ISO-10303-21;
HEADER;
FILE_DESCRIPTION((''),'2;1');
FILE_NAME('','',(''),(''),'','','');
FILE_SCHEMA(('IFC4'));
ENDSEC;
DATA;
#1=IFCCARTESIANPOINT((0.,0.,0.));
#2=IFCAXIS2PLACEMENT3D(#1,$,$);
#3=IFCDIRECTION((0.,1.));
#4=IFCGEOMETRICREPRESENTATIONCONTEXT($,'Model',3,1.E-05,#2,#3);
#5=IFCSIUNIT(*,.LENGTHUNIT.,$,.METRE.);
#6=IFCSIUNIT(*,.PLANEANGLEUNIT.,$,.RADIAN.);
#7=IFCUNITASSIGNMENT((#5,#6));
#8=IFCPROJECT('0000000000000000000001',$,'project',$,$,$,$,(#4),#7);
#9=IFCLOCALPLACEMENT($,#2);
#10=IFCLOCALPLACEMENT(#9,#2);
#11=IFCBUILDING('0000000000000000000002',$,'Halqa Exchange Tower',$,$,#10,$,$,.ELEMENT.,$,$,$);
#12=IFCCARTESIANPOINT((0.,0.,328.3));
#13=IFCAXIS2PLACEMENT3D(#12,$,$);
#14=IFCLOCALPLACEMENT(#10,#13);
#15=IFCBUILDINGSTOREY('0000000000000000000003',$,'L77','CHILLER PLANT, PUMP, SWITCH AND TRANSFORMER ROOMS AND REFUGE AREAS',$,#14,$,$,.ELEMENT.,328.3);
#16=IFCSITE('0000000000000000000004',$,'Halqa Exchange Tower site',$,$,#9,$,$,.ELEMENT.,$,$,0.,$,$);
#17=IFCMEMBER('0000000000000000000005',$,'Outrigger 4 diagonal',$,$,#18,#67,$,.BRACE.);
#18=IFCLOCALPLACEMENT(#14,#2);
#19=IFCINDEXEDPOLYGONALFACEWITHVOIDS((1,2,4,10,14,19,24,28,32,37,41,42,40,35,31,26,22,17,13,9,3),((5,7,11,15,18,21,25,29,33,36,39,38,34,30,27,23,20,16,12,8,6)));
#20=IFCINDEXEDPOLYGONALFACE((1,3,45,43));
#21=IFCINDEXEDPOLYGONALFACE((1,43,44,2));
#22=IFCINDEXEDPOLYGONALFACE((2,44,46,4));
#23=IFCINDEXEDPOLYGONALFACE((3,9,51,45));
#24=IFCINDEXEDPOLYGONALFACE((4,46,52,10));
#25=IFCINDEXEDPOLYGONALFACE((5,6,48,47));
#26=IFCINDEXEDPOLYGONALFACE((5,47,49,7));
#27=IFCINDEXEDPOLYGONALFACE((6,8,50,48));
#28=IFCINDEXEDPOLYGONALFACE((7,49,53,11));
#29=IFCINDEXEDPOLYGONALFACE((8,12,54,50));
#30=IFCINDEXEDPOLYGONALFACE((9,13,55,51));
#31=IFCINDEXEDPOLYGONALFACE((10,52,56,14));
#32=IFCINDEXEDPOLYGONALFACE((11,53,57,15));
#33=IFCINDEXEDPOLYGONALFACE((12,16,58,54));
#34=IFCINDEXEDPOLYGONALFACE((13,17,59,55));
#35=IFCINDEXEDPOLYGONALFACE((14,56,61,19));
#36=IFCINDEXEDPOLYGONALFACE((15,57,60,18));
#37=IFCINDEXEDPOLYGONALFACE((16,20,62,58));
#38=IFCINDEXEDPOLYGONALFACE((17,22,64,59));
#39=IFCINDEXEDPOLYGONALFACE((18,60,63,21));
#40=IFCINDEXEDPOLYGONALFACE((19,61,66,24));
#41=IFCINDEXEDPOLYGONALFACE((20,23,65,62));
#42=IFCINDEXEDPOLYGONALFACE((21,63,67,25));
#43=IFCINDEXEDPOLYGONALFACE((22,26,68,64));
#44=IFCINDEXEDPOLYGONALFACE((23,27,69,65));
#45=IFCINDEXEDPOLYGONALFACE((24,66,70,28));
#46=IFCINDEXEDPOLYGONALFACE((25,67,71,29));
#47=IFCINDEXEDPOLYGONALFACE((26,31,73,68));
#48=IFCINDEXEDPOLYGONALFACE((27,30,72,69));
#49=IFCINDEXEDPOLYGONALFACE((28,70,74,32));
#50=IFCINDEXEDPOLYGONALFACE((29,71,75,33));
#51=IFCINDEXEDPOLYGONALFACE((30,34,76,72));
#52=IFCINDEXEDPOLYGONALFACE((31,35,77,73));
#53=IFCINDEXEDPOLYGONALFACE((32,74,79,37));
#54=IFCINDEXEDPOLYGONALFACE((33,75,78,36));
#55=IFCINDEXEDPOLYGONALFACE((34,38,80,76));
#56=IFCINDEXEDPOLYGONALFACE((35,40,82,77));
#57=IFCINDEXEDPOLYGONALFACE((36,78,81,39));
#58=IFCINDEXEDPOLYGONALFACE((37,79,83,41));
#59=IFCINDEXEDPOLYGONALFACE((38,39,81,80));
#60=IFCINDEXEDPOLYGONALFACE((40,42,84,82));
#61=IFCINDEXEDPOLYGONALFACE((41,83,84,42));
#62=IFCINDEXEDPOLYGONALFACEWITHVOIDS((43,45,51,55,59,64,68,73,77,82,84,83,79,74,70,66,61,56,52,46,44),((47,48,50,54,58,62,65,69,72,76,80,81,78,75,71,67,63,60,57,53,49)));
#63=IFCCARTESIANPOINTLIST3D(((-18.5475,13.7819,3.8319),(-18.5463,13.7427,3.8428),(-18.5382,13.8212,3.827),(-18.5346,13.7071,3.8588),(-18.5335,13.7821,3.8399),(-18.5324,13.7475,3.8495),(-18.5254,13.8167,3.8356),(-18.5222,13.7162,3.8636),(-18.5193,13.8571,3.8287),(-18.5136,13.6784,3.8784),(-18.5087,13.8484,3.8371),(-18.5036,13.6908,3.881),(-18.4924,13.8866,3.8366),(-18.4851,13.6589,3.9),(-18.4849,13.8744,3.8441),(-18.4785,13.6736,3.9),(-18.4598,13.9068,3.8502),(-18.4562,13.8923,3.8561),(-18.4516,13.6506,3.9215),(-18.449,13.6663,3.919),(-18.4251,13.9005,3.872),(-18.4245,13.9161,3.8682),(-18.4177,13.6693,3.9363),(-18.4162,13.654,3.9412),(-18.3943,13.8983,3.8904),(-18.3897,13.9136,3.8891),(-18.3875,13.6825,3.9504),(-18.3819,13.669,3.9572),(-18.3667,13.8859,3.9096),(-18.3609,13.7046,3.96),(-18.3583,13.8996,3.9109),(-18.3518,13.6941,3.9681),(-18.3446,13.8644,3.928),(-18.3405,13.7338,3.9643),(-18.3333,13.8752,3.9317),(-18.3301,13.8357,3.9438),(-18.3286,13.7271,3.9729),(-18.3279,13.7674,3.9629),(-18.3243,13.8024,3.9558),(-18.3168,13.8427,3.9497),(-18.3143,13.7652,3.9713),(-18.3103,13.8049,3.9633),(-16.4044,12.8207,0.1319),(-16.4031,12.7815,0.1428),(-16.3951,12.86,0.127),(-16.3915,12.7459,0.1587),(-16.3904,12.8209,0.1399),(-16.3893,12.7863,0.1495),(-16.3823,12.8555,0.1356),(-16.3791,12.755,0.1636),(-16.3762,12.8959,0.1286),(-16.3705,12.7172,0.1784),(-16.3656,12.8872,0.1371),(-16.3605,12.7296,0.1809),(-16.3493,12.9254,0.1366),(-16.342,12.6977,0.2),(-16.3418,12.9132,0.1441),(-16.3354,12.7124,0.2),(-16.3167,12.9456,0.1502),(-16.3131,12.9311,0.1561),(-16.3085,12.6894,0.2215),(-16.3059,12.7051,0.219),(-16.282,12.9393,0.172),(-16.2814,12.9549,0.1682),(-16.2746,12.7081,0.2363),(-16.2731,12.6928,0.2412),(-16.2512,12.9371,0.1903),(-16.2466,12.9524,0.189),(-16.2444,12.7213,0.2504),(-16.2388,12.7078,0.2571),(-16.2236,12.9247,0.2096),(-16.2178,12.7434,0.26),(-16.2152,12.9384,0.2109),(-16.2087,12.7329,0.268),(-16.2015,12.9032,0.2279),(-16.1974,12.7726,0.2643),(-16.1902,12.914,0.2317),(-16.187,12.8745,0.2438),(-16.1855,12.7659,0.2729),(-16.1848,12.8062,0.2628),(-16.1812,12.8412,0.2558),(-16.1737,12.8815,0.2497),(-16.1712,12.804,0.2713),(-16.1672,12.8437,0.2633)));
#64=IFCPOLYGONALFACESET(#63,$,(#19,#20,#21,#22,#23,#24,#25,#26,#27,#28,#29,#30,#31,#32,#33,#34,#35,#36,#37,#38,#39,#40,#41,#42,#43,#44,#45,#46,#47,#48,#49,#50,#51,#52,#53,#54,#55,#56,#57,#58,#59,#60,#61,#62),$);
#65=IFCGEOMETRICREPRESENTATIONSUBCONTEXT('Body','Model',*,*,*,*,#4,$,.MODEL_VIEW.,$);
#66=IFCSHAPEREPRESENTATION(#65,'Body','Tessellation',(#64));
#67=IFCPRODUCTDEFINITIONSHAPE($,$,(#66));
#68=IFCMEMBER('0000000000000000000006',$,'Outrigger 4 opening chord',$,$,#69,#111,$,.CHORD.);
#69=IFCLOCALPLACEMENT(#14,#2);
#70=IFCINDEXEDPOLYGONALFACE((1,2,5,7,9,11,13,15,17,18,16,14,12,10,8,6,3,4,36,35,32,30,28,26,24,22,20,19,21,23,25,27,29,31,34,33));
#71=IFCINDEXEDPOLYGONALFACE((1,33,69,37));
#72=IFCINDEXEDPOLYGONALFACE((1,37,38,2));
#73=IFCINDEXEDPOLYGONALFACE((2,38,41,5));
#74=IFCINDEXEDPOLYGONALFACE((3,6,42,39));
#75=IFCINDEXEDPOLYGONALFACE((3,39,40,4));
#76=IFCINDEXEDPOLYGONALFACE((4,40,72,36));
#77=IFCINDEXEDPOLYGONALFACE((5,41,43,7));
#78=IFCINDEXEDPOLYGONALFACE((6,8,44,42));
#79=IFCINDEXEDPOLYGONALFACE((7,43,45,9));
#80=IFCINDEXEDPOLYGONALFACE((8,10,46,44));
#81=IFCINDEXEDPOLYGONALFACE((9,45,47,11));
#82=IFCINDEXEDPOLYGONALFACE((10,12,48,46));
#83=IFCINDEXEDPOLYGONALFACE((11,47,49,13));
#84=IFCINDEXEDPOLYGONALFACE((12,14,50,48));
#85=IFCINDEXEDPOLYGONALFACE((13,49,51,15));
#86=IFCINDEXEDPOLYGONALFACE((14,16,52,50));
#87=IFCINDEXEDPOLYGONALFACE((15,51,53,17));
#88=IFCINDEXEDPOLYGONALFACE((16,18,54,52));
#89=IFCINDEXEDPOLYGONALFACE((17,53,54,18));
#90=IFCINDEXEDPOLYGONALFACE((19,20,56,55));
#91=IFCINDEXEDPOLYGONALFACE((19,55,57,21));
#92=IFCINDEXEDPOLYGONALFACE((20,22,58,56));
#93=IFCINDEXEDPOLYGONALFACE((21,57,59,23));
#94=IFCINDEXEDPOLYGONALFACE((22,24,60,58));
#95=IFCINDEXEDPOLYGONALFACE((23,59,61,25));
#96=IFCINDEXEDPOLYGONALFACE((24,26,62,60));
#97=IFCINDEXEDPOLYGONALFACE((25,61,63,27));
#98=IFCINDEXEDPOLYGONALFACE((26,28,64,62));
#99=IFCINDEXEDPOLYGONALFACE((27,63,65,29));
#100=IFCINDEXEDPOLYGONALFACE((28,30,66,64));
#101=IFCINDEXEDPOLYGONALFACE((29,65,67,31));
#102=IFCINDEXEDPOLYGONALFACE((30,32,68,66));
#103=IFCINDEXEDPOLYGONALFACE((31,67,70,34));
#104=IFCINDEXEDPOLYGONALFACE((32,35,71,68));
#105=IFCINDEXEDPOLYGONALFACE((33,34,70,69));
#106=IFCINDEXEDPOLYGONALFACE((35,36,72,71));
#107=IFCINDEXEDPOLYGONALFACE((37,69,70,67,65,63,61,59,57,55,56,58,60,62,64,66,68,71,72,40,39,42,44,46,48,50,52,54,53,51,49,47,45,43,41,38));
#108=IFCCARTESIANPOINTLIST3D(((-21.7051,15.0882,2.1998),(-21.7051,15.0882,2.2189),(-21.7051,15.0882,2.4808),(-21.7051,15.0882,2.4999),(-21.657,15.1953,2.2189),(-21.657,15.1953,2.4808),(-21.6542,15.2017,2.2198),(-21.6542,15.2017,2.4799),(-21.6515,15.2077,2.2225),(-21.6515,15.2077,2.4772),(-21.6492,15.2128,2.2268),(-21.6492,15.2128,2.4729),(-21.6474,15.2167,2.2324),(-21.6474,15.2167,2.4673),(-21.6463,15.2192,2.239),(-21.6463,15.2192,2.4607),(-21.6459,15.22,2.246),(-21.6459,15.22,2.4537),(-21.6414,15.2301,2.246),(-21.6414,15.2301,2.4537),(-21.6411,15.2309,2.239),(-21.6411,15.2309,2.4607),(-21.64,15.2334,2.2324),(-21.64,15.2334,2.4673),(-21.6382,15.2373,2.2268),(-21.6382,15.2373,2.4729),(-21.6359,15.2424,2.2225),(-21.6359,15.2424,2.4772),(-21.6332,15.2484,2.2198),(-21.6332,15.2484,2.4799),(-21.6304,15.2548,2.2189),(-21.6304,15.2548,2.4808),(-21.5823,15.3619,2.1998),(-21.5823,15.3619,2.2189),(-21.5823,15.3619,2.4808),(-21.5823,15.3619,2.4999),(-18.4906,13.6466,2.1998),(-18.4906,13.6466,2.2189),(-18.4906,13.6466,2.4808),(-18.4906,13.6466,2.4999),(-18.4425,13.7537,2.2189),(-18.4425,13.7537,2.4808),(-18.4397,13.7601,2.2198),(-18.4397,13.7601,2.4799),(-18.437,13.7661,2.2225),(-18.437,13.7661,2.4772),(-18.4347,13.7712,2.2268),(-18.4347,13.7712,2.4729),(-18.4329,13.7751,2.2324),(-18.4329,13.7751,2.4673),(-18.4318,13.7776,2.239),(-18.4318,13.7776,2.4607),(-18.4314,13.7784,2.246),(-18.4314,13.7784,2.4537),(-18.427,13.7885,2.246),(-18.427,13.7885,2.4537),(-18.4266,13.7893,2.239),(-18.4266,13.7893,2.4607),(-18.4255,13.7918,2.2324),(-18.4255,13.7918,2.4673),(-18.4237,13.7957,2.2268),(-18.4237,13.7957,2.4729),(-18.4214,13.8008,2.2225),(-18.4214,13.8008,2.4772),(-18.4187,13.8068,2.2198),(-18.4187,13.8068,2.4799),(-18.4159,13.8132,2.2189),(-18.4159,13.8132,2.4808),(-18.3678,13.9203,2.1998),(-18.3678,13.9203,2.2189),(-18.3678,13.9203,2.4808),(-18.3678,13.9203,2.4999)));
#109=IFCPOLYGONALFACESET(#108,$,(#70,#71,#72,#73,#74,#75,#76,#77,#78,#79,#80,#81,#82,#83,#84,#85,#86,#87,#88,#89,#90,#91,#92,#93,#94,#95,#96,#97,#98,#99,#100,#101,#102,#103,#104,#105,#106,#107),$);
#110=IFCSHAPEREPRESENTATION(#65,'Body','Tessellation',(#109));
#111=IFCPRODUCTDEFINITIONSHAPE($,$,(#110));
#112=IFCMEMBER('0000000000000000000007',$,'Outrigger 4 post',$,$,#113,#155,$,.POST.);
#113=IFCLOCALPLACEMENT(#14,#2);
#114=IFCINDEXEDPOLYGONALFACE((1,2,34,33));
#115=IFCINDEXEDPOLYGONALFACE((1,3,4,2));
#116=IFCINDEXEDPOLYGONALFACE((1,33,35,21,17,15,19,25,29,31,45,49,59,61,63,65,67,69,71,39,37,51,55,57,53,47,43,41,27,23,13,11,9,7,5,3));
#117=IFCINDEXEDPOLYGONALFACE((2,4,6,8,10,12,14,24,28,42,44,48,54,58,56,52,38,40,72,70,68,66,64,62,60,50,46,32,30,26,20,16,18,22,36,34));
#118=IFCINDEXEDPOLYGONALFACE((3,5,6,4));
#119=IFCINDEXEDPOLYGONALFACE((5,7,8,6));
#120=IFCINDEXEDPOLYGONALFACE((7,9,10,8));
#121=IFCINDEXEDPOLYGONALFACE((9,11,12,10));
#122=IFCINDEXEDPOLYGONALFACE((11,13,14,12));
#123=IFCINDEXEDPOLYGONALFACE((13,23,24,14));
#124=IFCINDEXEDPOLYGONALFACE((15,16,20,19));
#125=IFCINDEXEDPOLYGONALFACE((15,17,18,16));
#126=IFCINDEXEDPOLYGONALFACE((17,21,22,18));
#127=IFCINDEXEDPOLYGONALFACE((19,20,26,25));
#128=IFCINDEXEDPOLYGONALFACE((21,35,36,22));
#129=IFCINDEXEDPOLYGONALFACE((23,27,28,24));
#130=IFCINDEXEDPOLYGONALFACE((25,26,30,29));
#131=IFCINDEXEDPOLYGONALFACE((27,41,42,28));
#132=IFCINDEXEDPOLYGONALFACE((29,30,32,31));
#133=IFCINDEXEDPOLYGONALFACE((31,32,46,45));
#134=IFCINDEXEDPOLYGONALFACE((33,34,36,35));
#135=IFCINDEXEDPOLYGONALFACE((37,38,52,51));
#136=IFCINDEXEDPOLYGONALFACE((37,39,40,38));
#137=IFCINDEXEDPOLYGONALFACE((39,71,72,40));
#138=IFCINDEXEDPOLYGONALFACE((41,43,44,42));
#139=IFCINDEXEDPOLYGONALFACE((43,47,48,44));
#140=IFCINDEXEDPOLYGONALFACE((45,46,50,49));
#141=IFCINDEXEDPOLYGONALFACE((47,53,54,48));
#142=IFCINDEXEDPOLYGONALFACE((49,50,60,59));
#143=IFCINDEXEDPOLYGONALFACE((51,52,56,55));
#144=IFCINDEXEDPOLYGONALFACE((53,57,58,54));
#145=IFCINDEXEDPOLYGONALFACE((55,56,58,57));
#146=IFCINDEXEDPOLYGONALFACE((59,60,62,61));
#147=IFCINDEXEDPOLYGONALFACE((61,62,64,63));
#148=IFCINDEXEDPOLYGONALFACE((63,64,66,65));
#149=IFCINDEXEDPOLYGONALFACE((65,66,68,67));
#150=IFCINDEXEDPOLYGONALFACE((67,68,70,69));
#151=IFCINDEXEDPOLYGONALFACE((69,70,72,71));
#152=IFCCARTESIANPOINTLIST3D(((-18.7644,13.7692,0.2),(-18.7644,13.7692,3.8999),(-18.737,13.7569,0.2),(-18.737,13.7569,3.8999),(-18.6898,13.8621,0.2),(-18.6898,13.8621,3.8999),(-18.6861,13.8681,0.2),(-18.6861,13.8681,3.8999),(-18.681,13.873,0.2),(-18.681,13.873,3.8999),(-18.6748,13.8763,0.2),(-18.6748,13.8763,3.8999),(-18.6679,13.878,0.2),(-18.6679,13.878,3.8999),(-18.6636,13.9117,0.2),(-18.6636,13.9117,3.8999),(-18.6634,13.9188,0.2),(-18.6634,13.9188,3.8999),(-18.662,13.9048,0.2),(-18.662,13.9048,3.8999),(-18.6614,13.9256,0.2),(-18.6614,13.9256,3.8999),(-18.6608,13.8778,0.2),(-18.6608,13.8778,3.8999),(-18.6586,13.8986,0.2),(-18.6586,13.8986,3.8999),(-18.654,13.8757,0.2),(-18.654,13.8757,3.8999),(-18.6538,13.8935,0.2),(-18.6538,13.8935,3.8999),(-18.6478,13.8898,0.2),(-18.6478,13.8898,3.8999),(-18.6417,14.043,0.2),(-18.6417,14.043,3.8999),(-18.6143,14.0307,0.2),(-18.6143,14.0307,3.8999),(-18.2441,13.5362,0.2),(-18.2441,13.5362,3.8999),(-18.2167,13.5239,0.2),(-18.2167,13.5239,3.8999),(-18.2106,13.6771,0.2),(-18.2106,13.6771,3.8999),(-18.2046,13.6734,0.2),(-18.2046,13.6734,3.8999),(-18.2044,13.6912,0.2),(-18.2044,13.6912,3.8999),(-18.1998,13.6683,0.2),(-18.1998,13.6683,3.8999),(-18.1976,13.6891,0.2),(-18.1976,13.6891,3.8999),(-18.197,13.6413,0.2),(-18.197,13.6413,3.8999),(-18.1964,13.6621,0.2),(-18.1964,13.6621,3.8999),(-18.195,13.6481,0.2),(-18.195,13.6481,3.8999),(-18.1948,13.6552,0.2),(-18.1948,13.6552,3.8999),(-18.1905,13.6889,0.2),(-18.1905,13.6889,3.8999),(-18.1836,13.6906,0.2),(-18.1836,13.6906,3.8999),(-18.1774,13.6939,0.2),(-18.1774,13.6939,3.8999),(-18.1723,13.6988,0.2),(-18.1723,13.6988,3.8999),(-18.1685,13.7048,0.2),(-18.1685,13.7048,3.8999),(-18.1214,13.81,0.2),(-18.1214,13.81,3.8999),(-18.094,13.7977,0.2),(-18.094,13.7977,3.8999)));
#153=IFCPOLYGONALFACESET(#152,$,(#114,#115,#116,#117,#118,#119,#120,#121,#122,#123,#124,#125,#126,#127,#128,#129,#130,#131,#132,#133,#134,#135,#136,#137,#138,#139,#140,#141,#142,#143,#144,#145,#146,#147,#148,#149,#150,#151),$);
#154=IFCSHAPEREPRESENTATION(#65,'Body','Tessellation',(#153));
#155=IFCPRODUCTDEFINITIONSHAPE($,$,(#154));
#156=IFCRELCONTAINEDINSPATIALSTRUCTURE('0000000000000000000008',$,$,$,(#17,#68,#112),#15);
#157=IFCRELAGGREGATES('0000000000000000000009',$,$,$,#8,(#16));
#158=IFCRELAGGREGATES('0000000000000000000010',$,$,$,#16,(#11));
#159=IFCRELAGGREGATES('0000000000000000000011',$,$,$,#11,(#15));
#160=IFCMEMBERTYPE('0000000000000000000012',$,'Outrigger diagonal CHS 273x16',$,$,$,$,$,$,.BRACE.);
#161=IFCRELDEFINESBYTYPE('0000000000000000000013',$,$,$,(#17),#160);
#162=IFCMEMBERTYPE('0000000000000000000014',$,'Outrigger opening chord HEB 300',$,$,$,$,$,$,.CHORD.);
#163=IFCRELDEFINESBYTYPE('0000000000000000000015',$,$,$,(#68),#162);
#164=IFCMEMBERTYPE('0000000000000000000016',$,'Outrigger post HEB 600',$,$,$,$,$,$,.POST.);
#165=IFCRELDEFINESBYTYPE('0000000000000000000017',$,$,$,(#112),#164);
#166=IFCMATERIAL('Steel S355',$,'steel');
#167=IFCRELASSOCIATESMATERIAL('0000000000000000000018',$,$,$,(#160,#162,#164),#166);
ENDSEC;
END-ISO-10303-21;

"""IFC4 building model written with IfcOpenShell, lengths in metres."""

from ifc_helpers import new_model, si_unit, direction, frame, origin, origin_2d, place, context, subcontext, project, spatial, hollow_circle, i_section, extrude, material, material_profile, profile_set, type_object, element, save


model = new_model("IFC4")

# Units and contexts
model_context = context("Model", 3, precision=1e-05, world=origin(), true_north=direction((0.0, 1.0)))
body_context = subcontext(model_context, "Body", "Model", "MODEL_VIEW")
ifc_project = project(units=[si_unit("LENGTHUNIT", "METRE"), si_unit("PLANEANGLEUNIT", "RADIAN")], contexts=[model_context])

# Site, building, storey
site_placement = place(None, origin())
site = spatial("IfcSite", under=ifc_project, at=site_placement, Name="Halqa Exchange Tower site", CompositionType="ELEMENT", RefElevation=0.0)
building_placement = place(site_placement, origin())
building = spatial("IfcBuilding", under=site, at=building_placement, Name="Halqa Exchange Tower", CompositionType="ELEMENT")
storey_placement = place(building_placement, frame((0.0, 0.0, 328.3)))
storey = spatial("IfcBuildingStorey", under=building, at=storey_placement, Name="L77", Description="CHILLER PLANT, PUMP, SWITCH AND TRANSFORMER ROOMS AND REFUGE AREAS", CompositionType="ELEMENT", Elevation=328.3)

# Members
ifc_material_1 = material(Name="Steel S355", Category="steel")
ifc_material_profile_1 = material_profile(ifc_material_1, hollow_circle(Radius=0.1365, WallThickness=0.0161, at=origin_2d()), Name="CHS 273x16")
ifc_profile_set_1 = profile_set([ifc_material_profile_1], Name="Steel S355")
member_type_1 = type_object("IfcMemberType", Name="Outrigger diagonal CHS 273x16", PredefinedType="BRACE", material=ifc_profile_set_1)
member_1_placement = place(storey_placement, frame((-16.2861, 12.8223, 0.2), z_axis=(-0.489006, 0.219323, 0.844257), x_axis=(-0.409232, -0.91243, 0.0)))
element("IfcMember", 1, at=member_1_placement, inside=storey, type_object=member_type_1, Name="Outrigger 4 diagonal", PredefinedType="BRACE", context=body_context, shape_type="SweptSolid", body=[
    extrude(hollow_circle(Radius=0.1365, WallThickness=0.0161, at=origin_2d()), origin(), (0.0, 0.0, 1.0), 4.3826),
])
ifc_material_profile_2 = material_profile(ifc_material_1, i_section(OverallWidth=0.3, OverallDepth=0.3, WebThickness=0.011, FlangeThickness=0.019, FilletRadius=0.0271, at=origin_2d()), Name="HEB 300")
ifc_profile_set_2 = profile_set([ifc_material_profile_2], Name="Steel S355")
member_type_2 = type_object("IfcMemberType", Name="Outrigger opening chord HEB 300", PredefinedType="CHORD", material=ifc_profile_set_2)
member_2_placement = place(storey_placement, frame((-18.4292, 13.7834, 2.3499), z_axis=(-0.912443, 0.409203, 0.0), x_axis=(-0.409203, -0.912443, 0.0)))
element("IfcMember", 2, at=member_2_placement, inside=storey, type_object=member_type_2, Name="Outrigger 4 opening chord", PredefinedType="CHORD", context=body_context, shape_type="SweptSolid", body=[
    extrude(i_section(OverallWidth=0.3, OverallDepth=0.3, WebThickness=0.011, FlangeThickness=0.019, FilletRadius=0.0271, at=origin_2d()), origin(), (0.0, 0.0, 1.0), 3.5229),
])
ifc_material_profile_3 = material_profile(ifc_material_1, i_section(OverallWidth=0.3, OverallDepth=0.6001, WebThickness=0.0154, FlangeThickness=0.03, FilletRadius=0.0271, at=origin_2d()), Name="HEB 600")
ifc_profile_set_3 = profile_set([ifc_material_profile_3], Name="Steel S355")
member_type_3 = type_object("IfcMemberType", Name="Outrigger post HEB 600", PredefinedType="POST", material=ifc_profile_set_3)
member_3_placement = place(storey_placement, frame((-18.4292, 13.7834, 0.2), z_axis=(0.0, 0.0, 1.0), x_axis=(-0.408777, -0.912635, 0.0)))
element("IfcMember", 3, at=member_3_placement, inside=storey, type_object=member_type_3, Name="Outrigger 4 post", PredefinedType="POST", context=body_context, shape_type="SweptSolid", body=[
    extrude(i_section(OverallWidth=0.3, OverallDepth=0.6001, WebThickness=0.0154, FlangeThickness=0.03, FilletRadius=0.0271, at=origin_2d()), origin(), (0.0, 0.0, 1.0), 3.7),
])

save(model, "model.ifc")
